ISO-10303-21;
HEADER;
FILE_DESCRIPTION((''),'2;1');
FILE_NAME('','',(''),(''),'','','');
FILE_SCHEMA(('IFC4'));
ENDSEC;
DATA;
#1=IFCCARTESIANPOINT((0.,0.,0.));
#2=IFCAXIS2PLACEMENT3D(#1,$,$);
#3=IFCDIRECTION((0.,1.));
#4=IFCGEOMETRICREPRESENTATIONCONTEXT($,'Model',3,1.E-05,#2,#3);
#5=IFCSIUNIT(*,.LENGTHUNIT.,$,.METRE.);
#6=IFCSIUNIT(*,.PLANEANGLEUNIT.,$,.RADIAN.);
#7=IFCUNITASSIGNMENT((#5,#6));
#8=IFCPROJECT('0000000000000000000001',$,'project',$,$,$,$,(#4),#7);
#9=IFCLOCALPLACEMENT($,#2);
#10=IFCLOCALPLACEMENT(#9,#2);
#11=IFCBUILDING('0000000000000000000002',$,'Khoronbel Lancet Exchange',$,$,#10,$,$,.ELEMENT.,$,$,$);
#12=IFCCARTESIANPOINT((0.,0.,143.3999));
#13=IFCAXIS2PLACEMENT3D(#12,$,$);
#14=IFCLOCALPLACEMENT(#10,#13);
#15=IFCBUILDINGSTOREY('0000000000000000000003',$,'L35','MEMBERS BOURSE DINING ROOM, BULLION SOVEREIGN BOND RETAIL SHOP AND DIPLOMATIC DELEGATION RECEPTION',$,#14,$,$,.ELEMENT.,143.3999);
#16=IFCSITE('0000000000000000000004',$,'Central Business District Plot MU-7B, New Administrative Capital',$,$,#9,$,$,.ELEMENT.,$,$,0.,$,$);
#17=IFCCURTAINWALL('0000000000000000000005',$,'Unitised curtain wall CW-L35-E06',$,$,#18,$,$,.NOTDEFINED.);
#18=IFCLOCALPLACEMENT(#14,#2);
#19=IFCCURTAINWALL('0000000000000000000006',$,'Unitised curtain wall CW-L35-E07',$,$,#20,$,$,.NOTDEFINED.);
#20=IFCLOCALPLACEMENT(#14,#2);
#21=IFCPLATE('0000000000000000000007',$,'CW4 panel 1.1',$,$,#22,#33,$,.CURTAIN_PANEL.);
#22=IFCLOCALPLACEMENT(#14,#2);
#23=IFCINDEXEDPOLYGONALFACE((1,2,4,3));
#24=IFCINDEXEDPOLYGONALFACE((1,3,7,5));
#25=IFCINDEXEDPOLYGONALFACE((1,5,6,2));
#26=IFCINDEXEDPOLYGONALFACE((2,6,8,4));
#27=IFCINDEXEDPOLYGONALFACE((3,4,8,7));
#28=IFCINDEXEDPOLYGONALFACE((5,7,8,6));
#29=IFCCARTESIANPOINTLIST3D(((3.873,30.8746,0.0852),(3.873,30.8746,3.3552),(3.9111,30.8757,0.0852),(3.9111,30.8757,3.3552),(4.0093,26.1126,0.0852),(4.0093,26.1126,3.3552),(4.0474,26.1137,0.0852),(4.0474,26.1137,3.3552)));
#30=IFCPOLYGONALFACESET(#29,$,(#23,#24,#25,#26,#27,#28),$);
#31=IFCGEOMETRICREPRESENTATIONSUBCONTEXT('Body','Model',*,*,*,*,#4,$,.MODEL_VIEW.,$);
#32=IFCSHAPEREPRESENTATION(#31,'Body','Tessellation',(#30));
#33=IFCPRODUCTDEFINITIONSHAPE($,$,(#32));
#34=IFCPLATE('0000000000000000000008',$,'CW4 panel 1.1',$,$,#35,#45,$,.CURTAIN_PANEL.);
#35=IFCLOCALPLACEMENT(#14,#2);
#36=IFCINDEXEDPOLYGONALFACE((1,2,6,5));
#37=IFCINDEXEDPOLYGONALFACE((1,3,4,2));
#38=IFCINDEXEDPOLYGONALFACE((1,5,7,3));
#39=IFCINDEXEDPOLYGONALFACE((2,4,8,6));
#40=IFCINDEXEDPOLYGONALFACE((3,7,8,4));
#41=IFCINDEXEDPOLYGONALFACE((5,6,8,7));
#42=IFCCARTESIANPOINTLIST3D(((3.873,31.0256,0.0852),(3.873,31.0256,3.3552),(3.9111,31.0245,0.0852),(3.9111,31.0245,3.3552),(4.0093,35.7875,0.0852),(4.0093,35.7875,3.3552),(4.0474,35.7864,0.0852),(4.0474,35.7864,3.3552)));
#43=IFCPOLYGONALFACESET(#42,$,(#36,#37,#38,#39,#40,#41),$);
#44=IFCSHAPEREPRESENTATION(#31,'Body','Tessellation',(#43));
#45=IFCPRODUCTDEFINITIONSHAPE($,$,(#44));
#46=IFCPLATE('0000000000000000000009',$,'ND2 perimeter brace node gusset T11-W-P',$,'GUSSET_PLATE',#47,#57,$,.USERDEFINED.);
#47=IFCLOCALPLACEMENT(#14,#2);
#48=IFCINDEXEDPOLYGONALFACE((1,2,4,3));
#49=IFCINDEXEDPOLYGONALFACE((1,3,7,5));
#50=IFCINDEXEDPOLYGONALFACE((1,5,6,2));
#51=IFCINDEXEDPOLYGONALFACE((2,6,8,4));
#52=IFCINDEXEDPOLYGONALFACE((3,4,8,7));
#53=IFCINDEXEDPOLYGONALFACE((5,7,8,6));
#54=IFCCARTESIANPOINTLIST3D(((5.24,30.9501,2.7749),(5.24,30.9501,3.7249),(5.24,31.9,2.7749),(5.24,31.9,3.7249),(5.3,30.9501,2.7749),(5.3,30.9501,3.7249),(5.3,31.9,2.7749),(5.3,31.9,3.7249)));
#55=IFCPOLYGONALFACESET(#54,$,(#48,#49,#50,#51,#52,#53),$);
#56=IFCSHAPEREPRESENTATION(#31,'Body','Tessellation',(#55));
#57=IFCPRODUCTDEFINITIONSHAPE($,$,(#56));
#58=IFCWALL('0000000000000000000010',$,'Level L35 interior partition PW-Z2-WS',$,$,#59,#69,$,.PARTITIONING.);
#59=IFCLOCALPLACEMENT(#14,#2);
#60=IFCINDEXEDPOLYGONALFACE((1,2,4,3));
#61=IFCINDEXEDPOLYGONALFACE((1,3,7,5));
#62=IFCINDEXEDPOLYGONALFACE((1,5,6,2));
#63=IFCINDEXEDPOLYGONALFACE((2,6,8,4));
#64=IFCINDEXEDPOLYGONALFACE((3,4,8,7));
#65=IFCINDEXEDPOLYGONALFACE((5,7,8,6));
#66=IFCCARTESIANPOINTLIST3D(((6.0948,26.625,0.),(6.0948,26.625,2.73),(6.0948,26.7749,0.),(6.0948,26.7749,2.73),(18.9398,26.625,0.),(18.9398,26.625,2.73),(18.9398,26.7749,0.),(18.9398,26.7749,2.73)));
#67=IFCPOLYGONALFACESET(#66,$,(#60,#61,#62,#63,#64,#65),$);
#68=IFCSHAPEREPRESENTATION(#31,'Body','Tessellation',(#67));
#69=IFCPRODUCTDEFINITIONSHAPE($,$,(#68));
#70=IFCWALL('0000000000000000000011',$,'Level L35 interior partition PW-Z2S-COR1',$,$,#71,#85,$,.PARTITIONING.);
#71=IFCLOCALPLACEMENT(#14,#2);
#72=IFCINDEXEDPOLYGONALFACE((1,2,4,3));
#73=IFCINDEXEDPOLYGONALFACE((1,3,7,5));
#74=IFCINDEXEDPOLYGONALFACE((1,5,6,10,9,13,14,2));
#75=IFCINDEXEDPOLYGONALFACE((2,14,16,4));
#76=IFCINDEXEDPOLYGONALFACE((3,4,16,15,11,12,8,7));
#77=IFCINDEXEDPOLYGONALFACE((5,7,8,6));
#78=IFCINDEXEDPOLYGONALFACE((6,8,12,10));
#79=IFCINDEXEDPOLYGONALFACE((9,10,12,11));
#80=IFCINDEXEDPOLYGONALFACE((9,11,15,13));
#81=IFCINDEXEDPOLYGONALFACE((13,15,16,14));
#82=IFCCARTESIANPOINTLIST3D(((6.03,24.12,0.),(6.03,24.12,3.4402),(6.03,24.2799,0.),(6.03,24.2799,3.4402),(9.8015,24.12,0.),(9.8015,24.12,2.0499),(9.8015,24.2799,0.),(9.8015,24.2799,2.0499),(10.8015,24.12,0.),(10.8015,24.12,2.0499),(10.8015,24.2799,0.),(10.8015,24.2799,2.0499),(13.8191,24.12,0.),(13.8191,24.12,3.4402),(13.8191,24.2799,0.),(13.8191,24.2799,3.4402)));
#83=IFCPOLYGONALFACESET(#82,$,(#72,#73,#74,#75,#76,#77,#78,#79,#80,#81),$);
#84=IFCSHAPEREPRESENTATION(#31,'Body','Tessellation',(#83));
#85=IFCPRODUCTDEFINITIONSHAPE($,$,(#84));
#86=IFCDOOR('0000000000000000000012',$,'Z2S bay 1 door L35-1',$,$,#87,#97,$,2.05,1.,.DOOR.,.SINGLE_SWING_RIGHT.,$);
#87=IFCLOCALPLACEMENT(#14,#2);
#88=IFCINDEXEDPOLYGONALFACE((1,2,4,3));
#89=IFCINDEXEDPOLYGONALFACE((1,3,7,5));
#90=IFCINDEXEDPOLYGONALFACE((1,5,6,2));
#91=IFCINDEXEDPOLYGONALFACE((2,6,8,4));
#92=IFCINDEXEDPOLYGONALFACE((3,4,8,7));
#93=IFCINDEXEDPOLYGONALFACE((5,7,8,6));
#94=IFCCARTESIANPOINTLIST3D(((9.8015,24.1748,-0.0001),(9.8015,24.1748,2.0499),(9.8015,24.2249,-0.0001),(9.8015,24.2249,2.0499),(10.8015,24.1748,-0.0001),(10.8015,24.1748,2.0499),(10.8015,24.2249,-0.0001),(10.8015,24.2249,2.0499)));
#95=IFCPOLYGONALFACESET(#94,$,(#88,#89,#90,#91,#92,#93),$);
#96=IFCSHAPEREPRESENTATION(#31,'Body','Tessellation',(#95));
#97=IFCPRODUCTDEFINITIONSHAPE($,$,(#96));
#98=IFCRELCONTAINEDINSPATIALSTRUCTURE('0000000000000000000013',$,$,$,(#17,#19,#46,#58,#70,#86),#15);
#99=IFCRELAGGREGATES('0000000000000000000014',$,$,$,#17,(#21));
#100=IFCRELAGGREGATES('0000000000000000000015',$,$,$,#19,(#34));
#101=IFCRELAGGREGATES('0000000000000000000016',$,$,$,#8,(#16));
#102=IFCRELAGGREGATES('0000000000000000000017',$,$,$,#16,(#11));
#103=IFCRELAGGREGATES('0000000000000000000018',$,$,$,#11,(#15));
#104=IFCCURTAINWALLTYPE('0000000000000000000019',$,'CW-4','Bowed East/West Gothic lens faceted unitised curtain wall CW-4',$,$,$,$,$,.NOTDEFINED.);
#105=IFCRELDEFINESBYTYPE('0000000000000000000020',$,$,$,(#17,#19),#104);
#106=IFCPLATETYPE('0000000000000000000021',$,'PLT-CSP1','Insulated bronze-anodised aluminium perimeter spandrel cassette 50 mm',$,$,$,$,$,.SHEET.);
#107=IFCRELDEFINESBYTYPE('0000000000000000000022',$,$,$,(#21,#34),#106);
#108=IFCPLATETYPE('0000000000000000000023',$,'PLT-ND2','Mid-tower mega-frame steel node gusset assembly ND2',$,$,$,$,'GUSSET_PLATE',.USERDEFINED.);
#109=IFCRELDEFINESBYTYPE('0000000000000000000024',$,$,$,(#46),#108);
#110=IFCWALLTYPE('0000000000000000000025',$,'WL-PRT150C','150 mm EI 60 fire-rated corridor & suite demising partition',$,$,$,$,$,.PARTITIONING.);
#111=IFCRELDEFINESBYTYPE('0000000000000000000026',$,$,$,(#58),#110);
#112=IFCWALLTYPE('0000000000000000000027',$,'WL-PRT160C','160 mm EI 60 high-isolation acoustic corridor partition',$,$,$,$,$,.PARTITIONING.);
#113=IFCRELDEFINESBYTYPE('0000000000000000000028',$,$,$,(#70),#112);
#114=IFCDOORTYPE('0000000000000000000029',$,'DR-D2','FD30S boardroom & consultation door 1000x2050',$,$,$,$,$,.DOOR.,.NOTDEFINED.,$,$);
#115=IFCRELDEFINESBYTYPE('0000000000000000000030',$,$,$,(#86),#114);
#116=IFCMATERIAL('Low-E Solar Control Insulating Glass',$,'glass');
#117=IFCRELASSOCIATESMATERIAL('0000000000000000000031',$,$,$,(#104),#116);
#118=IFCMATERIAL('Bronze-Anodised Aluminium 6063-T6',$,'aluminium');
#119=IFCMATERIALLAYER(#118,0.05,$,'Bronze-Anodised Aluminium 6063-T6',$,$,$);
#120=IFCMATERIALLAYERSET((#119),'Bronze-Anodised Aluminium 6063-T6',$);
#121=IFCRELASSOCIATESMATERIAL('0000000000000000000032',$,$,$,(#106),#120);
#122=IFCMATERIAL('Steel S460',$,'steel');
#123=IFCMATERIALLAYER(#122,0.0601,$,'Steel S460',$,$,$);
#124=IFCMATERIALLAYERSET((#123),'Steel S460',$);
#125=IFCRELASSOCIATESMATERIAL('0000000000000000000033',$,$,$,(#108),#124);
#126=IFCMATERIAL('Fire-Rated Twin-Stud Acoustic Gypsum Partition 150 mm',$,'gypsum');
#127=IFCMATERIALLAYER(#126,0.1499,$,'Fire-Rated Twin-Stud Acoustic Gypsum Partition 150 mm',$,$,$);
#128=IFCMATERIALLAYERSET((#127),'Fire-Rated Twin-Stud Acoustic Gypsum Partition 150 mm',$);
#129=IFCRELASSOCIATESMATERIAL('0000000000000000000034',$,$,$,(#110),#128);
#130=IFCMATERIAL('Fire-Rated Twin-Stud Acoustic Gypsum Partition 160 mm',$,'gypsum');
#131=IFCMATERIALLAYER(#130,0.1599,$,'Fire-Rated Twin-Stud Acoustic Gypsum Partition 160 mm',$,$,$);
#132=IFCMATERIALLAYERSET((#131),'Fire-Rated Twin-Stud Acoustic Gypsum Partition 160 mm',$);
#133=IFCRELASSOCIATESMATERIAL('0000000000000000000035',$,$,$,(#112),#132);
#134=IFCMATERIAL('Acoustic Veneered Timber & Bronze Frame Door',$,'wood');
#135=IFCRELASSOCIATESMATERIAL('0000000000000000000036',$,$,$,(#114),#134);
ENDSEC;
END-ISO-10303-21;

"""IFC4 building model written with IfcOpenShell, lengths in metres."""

from ifc_helpers import new_model, si_unit, direction, frame, frame_2d, origin, origin_2d, place, context, subcontext, project, spatial, rectangle, extrude, material, layer, layer_set, type_object, element, fill, aggregate, save


model = new_model("IFC4")

# Units and contexts
model_context = context("Model", 3, precision=1e-05, world=origin(), true_north=direction((0.0, 1.0)))
body_context = subcontext(model_context, "Body", "Model", "MODEL_VIEW")
ifc_project = project(units=[si_unit("LENGTHUNIT", "METRE"), si_unit("PLANEANGLEUNIT", "RADIAN")], contexts=[model_context])

# Site, building, storey
site_placement = place(None, origin())
site = spatial("IfcSite", under=ifc_project, at=site_placement, Name="Central Business District Plot MU-7B, New Administrative Capital", CompositionType="ELEMENT", RefElevation=0.0)
building_placement = place(site_placement, origin())
building = spatial("IfcBuilding", under=site, at=building_placement, Name="Khoronbel Lancet Exchange", CompositionType="ELEMENT")
storey_placement = place(building_placement, frame((0.0, 0.0, 143.3999)))
storey = spatial("IfcBuildingStorey", under=building, at=storey_placement, Name="L35", Description="MEMBERS BOURSE DINING ROOM, BULLION SOVEREIGN BOND RETAIL SHOP AND DIPLOMATIC DELEGATION RECEPTION", CompositionType="ELEMENT", Elevation=143.3999)

# Shared definitions
ifc_material_1 = material(Name="Low-E Solar Control Insulating Glass", Category="glass")
curtain_wall_type = type_object("IfcCurtainWallType", Name="CW-4", Description="Bowed East/West Gothic lens faceted unitised curtain wall CW-4", PredefinedType="NOTDEFINED", material=ifc_material_1)
ifc_material_2 = material(Name="Bronze-Anodised Aluminium 6063-T6", Category="aluminium")

# Curtain wall
curtain_wall_1_placement = place(storey_placement, origin())
curtain_wall_1 = element("IfcCurtainWall", 1, at=curtain_wall_1_placement, inside=storey, type_object=curtain_wall_type, Name="Unitised curtain wall CW-L35-E06", PredefinedType="NOTDEFINED")

# Curtain wall
curtain_wall_2_placement = place(storey_placement, origin())
curtain_wall_2 = element("IfcCurtainWall", 2, at=curtain_wall_2_placement, inside=storey, type_object=curtain_wall_type, Name="Unitised curtain wall CW-L35-E07", PredefinedType="NOTDEFINED")

# Plates
ifc_layer_1 = layer(ifc_material_2, 0.05, Name="Bronze-Anodised Aluminium 6063-T6")
ifc_layer_set_1 = layer_set([ifc_layer_1], Name="Bronze-Anodised Aluminium 6063-T6")
plate_type_1 = type_object("IfcPlateType", Name="PLT-CSP1", Description="Insulated bronze-anodised aluminium perimeter spandrel cassette 50 mm", PredefinedType="SHEET", material=ifc_layer_set_1)
plate_1_placement = place(storey_placement, frame((3.9602, 28.4941, 0.0852), z_axis=(0.0, 0.0, 1.0), x_axis=(-0.028613, 0.999591, 0.0)))
plate_1 = element("IfcPlate", 3, at=plate_1_placement, type_object=plate_type_1, Name="CW4 panel 1.1", PredefinedType="CURTAIN_PANEL", context=body_context, shape_type="SweptSolid", body=[
    extrude(rectangle(XDim=4.7639, YDim=0.0381, at=origin_2d()), origin(), (0.0, 0.0, 1.0), 3.27),
])
aggregate(curtain_wall_1, [plate_1])
plate_2_placement = place(storey_placement, frame((3.9602, 33.406, 0.0852), z_axis=(0.0, 0.0, 1.0), x_axis=(0.028613, 0.999591, 0.0)))
plate_2 = element("IfcPlate", 4, at=plate_2_placement, type_object=plate_type_1, Name="CW4 panel 1.1", PredefinedType="CURTAIN_PANEL", context=body_context, shape_type="SweptSolid", body=[
    extrude(rectangle(XDim=4.7639, YDim=0.0381, at=origin_2d()), origin(), (0.0, 0.0, 1.0), 3.27),
])
aggregate(curtain_wall_2, [plate_2])
ifc_material_3 = material(Name="Steel S460", Category="steel")
ifc_layer_2 = layer(ifc_material_3, 0.0601, Name="Steel S460")
ifc_layer_set_2 = layer_set([ifc_layer_2], Name="Steel S460")
plate_type_2 = type_object("IfcPlateType", Name="PLT-ND2", Description="Mid-tower mega-frame steel node gusset assembly ND2", ElementType="GUSSET_PLATE", PredefinedType="USERDEFINED", material=ifc_layer_set_2)
plate_3_placement = place(storey_placement, frame((5.27, 31.425, 2.7749), z_axis=(0.0, 0.0, 1.0), x_axis=(0.0, 1.0, 0.0)))
element("IfcPlate", 5, at=plate_3_placement, inside=storey, type_object=plate_type_2, Name="ND2 perimeter brace node gusset T11-W-P", ObjectType="GUSSET_PLATE", PredefinedType="USERDEFINED", context=body_context, shape_type="SweptSolid", body=[
    extrude(rectangle(XDim=0.95, YDim=0.0601, at=origin_2d()), origin(), (0.0, 0.0, 1.0), 0.95),
])

# Wall
ifc_material_4 = material(Name="Fire-Rated Twin-Stud Acoustic Gypsum Partition 150 mm", Category="gypsum")
ifc_layer_3 = layer(ifc_material_4, 0.1499, Name="Fire-Rated Twin-Stud Acoustic Gypsum Partition 150 mm")
ifc_layer_set_3 = layer_set([ifc_layer_3], Name="Fire-Rated Twin-Stud Acoustic Gypsum Partition 150 mm")
wall_type_1 = type_object("IfcWallType", Name="WL-PRT150C", Description="150 mm EI 60 fire-rated corridor & suite demising partition", PredefinedType="PARTITIONING", material=ifc_layer_set_3)
wall_1_placement = place(storey_placement, frame((6.095, 26.7, 0.0), z_axis=(0.0, 0.0, 1.0), x_axis=(1.0, 0.0, 0.0)))
element("IfcWall", 6, at=wall_1_placement, inside=storey, type_object=wall_type_1, Name="Level L35 interior partition PW-Z2-WS", PredefinedType="PARTITIONING", context=body_context, shape_type="SweptSolid", body=[
    extrude(rectangle(XDim=12.845, YDim=0.1499, at=frame_2d((6.4224, 0.0))), origin(), (0.0, 0.0, 1.0), 2.73),
])

# Wall, opening, door
ifc_material_5 = material(Name="Fire-Rated Twin-Stud Acoustic Gypsum Partition 160 mm", Category="gypsum")
ifc_layer_4 = layer(ifc_material_5, 0.1599, Name="Fire-Rated Twin-Stud Acoustic Gypsum Partition 160 mm")
ifc_layer_set_4 = layer_set([ifc_layer_4], Name="Fire-Rated Twin-Stud Acoustic Gypsum Partition 160 mm")
wall_type_2 = type_object("IfcWallType", Name="WL-PRT160C", Description="160 mm EI 60 high-isolation acoustic corridor partition", PredefinedType="PARTITIONING", material=ifc_layer_set_4)
wall_2_placement = place(storey_placement, frame((6.03, 24.2, 0.0), z_axis=(0.0, 0.0, 1.0), x_axis=(1.0, 0.0, 0.0)))
wall_2 = element("IfcWall", 7, at=wall_2_placement, inside=storey, type_object=wall_type_2, Name="Level L35 interior partition PW-Z2S-COR1", PredefinedType="PARTITIONING", context=body_context, shape_type="SweptSolid", body=[
    extrude(rectangle(XDim=7.7891, YDim=0.1599, at=frame_2d((3.8945, 0.0))), origin(), (0.0, 0.0, 1.0), 3.4402),
])
opening_placement = place(wall_2_placement, frame((3.7715, 0.0, 0.0)))
opening = element("IfcOpeningElement", 8, at=opening_placement, cuts=wall_2, PredefinedType="OPENING", context=body_context, shape_type="SweptSolid", body=[
    extrude(rectangle(XDim=1.0, YDim=2.05, at=frame_2d((0.5, 1.0249))), frame((0.0, 0.0898, 0.0), z_axis=(0.0, -1.0, 0.0), x_axis=(1.0, 0.0, 0.0)), (0.0, 0.0, 1.0), 0.1799),
])
ifc_material_6 = material(Name="Acoustic Veneered Timber & Bronze Frame Door", Category="wood")
door_type = type_object("IfcDoorType", Name="DR-D2", Description="FD30S boardroom & consultation door 1000x2050", OperationType="NOTDEFINED", PredefinedType="DOOR", material=ifc_material_6)
door_placement = place(opening_placement, origin())
door = element("IfcDoor", 9, at=door_placement, inside=storey, type_object=door_type, Name="Z2S bay 1 door L35-1", OperationType="SINGLE_SWING_RIGHT", OverallHeight=2.05, OverallWidth=1.0, PredefinedType="DOOR", context=body_context, shape_type="SweptSolid", body=[
    extrude(rectangle(XDim=1.0, YDim=2.05, at=frame_2d((0.5, 1.0249))), frame((0.0, 0.0249, 0.0), z_axis=(0.0, -1.0, 0.0), x_axis=(1.0, 0.0, 0.0)), (0.0, 0.0, 1.0), 0.05),
])
fill(opening, door)

save(model, "model.ifc")
